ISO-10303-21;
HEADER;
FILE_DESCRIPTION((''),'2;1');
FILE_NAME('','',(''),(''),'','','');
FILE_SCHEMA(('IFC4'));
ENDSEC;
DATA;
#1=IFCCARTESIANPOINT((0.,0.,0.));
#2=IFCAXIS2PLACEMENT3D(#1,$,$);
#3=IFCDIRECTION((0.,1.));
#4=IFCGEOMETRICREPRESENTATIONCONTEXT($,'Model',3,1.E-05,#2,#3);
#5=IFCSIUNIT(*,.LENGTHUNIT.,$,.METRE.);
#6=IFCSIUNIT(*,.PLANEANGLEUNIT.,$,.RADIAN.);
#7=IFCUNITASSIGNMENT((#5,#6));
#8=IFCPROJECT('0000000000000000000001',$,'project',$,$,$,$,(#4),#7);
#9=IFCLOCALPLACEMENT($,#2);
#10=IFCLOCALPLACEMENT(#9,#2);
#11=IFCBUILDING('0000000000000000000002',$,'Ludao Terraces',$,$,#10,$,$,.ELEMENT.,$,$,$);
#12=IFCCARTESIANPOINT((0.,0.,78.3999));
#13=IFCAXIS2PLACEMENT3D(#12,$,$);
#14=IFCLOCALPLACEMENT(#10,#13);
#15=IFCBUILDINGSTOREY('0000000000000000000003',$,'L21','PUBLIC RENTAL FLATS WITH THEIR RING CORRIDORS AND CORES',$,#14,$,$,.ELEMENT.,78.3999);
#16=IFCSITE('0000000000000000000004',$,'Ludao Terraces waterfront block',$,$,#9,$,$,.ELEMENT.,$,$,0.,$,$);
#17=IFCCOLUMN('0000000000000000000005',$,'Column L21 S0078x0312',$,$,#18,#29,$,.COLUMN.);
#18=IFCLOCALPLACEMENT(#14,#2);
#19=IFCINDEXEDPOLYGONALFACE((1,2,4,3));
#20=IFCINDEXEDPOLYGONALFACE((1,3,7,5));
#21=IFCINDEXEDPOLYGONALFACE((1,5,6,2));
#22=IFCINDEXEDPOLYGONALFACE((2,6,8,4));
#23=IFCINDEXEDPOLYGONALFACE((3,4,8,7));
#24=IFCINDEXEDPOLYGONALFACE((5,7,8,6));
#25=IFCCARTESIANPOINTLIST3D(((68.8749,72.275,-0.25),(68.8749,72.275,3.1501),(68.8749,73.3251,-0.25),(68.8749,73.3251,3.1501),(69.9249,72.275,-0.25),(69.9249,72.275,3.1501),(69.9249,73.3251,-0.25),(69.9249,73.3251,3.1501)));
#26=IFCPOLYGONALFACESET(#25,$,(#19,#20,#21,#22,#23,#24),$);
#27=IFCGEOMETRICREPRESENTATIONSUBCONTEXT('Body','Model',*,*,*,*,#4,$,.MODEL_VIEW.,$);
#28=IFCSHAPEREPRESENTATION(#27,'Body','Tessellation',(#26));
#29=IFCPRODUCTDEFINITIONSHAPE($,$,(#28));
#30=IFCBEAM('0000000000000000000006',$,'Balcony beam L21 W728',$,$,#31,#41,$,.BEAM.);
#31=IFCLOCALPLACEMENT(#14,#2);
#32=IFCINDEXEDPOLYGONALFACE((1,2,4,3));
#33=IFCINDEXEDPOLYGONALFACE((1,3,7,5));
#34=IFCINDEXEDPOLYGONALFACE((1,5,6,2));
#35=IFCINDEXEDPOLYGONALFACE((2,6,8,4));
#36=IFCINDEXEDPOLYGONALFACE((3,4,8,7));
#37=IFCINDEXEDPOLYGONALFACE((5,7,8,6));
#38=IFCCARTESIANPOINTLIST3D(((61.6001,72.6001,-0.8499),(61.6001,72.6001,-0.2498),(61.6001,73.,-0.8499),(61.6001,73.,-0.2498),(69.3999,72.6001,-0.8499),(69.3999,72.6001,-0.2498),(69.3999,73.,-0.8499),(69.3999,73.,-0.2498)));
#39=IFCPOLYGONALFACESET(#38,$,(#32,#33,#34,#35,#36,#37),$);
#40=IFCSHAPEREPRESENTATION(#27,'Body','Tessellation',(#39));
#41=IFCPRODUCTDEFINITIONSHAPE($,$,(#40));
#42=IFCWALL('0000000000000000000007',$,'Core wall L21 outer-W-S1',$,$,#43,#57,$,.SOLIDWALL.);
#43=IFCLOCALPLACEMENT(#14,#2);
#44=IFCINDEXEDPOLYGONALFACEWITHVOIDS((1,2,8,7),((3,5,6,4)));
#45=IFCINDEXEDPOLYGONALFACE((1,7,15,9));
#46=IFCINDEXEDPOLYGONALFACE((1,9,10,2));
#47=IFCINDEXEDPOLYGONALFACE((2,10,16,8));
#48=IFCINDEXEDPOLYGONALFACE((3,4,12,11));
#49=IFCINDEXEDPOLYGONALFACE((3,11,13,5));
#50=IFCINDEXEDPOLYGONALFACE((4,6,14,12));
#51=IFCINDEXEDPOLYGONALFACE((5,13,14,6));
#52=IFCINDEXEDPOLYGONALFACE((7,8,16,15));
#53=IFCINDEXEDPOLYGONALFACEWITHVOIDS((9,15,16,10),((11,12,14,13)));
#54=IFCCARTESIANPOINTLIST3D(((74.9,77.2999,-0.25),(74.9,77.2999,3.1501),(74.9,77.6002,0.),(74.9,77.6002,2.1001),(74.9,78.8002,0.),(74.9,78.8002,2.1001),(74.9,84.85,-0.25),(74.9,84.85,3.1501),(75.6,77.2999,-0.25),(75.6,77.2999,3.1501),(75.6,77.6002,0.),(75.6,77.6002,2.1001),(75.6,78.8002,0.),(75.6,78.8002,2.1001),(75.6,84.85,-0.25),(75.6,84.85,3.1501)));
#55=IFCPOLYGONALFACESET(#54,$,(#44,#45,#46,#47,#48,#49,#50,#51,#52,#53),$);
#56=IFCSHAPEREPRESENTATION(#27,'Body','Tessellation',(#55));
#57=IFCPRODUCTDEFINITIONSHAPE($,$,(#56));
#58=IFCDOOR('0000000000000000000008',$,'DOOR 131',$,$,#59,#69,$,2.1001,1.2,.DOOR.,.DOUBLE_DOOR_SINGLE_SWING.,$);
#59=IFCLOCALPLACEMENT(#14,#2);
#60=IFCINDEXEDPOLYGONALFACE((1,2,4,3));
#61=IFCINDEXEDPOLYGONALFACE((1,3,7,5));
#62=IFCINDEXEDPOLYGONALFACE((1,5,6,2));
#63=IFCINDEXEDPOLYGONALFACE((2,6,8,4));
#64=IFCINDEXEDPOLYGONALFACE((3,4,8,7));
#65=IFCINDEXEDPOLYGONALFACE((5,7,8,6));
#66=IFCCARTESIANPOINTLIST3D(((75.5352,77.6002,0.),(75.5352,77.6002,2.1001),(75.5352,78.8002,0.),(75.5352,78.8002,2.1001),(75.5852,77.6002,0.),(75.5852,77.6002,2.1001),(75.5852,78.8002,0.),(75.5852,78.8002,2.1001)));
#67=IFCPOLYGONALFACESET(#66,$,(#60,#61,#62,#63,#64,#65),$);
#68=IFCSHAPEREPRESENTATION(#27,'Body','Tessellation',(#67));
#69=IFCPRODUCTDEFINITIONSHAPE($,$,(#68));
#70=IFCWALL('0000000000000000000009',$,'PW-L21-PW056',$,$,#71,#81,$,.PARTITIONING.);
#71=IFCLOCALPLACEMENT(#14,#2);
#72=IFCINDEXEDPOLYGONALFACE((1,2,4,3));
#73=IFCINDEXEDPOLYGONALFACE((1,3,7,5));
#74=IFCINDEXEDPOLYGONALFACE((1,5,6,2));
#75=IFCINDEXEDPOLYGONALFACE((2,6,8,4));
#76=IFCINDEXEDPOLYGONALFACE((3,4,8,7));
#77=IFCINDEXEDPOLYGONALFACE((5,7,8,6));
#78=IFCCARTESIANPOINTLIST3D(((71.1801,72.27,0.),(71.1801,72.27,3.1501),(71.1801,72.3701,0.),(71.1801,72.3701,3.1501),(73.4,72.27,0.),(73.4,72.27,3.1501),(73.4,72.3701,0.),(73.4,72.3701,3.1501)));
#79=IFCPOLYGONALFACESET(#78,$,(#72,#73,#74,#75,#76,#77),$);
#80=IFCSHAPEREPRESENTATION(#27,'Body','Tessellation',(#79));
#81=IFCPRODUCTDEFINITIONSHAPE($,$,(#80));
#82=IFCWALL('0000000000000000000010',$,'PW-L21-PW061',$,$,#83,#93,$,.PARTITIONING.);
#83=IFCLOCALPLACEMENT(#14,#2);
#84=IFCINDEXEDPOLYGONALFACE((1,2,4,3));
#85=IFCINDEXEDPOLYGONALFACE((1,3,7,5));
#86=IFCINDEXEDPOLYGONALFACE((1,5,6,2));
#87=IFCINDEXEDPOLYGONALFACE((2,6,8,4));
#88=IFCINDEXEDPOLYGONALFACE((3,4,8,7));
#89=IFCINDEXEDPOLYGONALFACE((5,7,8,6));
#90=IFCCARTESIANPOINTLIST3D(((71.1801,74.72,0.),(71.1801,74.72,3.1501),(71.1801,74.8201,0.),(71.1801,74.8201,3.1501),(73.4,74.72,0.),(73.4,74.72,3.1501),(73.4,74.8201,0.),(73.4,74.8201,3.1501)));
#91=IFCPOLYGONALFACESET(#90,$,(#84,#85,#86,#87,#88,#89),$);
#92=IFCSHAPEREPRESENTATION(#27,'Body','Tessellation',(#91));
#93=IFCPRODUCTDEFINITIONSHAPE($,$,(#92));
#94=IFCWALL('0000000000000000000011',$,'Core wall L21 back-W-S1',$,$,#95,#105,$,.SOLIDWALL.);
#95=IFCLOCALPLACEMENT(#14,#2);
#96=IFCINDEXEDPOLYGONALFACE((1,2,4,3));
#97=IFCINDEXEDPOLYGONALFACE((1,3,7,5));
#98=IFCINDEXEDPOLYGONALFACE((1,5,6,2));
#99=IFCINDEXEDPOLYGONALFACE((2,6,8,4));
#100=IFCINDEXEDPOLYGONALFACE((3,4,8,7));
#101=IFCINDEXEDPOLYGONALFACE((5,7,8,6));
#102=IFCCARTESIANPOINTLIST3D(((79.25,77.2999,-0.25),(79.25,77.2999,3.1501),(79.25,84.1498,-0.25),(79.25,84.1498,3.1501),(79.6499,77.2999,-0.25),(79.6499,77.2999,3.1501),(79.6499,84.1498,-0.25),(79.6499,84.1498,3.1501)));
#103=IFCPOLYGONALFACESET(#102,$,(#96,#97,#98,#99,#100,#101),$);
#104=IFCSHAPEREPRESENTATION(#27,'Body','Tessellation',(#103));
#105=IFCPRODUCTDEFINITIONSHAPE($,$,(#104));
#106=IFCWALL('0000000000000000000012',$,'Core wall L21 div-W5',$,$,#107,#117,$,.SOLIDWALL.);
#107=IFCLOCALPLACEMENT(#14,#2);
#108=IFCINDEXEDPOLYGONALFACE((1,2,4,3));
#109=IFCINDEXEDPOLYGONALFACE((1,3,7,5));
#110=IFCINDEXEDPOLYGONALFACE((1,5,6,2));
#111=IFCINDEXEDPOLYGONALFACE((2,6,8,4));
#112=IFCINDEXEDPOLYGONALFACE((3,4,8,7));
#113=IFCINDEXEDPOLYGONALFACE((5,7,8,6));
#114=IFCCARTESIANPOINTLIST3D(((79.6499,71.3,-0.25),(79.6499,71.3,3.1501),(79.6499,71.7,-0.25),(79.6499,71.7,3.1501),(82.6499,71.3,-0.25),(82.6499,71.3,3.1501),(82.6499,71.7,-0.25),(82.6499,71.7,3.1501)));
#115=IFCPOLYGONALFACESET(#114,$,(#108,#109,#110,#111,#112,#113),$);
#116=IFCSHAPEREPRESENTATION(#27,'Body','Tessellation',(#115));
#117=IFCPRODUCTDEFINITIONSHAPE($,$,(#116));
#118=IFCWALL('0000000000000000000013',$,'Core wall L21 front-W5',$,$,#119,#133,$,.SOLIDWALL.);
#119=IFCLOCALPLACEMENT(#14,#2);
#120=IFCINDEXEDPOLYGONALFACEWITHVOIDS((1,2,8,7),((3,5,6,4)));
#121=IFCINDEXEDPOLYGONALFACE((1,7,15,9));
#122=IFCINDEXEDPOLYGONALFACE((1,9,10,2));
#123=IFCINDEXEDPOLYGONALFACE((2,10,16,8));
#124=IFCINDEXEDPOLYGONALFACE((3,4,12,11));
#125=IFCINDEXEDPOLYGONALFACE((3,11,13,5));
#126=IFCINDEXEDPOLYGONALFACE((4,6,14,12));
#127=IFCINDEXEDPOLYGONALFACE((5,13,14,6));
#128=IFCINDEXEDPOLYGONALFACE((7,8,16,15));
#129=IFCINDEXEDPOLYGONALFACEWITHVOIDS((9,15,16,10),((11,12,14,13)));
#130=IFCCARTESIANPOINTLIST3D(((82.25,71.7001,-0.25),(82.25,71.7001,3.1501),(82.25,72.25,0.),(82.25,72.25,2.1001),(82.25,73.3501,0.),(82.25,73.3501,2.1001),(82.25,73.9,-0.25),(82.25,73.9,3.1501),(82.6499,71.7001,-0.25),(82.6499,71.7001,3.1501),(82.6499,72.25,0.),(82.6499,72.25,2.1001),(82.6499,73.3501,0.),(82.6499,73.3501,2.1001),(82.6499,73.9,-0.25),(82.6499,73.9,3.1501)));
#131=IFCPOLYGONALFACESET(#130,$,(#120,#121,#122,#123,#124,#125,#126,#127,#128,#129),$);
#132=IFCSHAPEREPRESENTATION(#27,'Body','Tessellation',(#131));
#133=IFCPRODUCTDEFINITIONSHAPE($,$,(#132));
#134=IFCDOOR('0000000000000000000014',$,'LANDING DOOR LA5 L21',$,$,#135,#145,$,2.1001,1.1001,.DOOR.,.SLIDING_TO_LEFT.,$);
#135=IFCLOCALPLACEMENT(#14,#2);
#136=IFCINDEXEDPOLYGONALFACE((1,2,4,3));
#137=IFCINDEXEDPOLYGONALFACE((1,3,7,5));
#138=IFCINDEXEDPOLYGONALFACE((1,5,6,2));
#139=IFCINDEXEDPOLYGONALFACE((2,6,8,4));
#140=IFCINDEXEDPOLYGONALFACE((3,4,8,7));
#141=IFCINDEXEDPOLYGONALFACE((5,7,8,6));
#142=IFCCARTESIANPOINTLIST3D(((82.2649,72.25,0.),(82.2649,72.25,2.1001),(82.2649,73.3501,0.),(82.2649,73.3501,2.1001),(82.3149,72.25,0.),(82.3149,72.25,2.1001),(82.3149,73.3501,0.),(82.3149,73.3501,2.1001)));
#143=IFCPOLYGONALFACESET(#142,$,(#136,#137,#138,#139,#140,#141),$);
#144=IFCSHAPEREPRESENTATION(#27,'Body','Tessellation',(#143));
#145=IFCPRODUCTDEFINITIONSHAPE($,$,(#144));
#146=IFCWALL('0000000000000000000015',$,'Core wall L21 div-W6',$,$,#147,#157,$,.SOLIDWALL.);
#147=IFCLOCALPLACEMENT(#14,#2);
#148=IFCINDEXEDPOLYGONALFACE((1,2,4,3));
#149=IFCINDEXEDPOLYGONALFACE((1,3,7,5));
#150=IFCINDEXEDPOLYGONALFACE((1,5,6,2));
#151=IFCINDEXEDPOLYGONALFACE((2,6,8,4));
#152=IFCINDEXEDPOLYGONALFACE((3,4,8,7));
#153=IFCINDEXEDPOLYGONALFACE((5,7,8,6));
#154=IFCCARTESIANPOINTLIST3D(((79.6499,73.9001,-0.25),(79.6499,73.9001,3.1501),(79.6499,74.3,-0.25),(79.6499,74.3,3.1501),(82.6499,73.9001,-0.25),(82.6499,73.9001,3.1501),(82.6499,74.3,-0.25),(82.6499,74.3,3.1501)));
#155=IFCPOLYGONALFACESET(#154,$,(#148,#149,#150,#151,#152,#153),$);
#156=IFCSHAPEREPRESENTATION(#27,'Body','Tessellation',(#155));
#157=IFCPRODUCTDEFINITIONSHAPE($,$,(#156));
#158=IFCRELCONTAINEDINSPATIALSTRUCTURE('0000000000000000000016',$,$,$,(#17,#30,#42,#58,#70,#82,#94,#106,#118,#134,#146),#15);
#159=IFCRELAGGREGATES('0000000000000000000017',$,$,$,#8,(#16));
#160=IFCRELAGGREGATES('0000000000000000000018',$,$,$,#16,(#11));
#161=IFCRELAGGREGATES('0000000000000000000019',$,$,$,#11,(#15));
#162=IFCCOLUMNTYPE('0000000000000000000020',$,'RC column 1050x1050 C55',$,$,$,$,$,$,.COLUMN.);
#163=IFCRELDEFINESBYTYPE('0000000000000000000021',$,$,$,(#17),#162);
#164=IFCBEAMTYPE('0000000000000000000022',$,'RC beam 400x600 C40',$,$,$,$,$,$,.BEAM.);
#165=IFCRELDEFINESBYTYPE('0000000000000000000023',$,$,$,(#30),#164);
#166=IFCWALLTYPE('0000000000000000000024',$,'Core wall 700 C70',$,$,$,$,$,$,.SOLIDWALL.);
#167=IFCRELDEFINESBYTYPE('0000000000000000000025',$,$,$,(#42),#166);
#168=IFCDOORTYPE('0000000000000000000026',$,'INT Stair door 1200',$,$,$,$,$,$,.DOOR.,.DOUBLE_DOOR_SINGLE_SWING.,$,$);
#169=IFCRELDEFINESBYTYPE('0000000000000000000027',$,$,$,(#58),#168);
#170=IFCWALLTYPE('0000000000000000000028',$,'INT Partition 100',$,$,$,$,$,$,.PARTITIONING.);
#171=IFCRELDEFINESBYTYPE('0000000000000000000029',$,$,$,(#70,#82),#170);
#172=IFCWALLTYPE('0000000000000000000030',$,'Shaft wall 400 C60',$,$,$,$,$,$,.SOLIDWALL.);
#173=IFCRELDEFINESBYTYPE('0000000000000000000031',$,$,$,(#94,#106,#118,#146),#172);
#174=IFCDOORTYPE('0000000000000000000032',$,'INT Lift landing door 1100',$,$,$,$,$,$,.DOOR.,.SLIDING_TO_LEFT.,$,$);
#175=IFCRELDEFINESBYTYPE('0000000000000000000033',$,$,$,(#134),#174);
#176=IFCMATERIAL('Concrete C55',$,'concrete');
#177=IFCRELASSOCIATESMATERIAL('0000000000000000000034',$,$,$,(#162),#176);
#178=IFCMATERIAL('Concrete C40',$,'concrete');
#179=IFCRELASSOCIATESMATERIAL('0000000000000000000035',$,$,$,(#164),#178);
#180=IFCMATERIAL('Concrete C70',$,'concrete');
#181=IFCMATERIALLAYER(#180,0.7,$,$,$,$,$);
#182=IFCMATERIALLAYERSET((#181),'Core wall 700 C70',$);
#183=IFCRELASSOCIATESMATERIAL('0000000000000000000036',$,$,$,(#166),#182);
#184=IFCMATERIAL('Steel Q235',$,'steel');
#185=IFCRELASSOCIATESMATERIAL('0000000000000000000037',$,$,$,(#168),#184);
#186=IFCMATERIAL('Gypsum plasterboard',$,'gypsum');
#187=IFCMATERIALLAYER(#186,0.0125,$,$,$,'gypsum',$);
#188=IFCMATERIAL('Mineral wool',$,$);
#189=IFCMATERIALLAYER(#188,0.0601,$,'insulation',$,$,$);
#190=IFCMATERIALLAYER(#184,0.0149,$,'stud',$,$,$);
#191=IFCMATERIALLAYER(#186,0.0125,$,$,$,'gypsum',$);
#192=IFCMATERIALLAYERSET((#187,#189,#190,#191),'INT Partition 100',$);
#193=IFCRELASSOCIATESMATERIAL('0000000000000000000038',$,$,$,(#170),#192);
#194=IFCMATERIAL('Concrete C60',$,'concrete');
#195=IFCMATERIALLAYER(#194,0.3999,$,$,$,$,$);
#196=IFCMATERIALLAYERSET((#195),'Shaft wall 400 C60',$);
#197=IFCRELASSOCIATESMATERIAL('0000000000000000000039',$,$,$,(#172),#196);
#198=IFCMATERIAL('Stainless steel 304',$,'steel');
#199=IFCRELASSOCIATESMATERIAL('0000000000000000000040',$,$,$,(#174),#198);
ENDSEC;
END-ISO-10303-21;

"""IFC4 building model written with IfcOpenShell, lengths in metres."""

from ifc_helpers import new_model, si_unit, direction, frame, frame_2d, origin, origin_2d, place, context, subcontext, project, spatial, rectangle, extrude, material, layer, layer_set, material_profile, profile_set, type_object, element, fill, save


model = new_model("IFC4")

# Units and contexts
model_context = context("Model", 3, precision=1e-05, world=origin(), true_north=direction((0.0, 1.0)))
body_context = subcontext(model_context, "Body", "Model", "MODEL_VIEW")
ifc_project = project(units=[si_unit("LENGTHUNIT", "METRE"), si_unit("PLANEANGLEUNIT", "RADIAN")], contexts=[model_context])

# Site, building, storey
site_placement = place(None, origin())
site = spatial("IfcSite", under=ifc_project, at=site_placement, Name="Ludao Terraces waterfront block", CompositionType="ELEMENT", RefElevation=0.0)
building_placement = place(site_placement, origin())
building = spatial("IfcBuilding", under=site, at=building_placement, Name="Ludao Terraces", CompositionType="ELEMENT")
storey_placement = place(building_placement, frame((0.0, 0.0, 78.3999)))
storey = spatial("IfcBuildingStorey", under=building, at=storey_placement, Name="L21", Description="PUBLIC RENTAL FLATS WITH THEIR RING CORRIDORS AND CORES", CompositionType="ELEMENT", Elevation=78.3999)

# Column
ifc_material_1 = material(Name="Concrete C55", Category="concrete")
ifc_material_profile_1 = material_profile(ifc_material_1, rectangle(XDim=1.05, YDim=1.05, at=origin_2d()), Name="1050 X 1050")
ifc_profile_set_1 = profile_set([ifc_material_profile_1], Name="Concrete C55")
column_type = type_object("IfcColumnType", Name="RC column 1050x1050 C55", PredefinedType="COLUMN", material=ifc_profile_set_1)
column_placement = place(storey_placement, frame((69.3999, 72.8, -0.25), z_axis=(0.0, 0.0, 1.0), x_axis=(1.0, 0.0, 0.0)))
element("IfcColumn", 1, at=column_placement, inside=storey, type_object=column_type, Name="Column L21 S0078x0312", PredefinedType="COLUMN", context=body_context, shape_type="SweptSolid", body=[
    extrude(rectangle(XDim=1.05, YDim=1.05, at=origin_2d()), origin(), (0.0, 0.0, 1.0), 3.4001),
])

# Beam
ifc_material_2 = material(Name="Concrete C40", Category="concrete")
ifc_material_profile_2 = material_profile(ifc_material_2, rectangle(XDim=0.3999, YDim=0.6001, at=origin_2d()), Name="400 X 600")
ifc_profile_set_2 = profile_set([ifc_material_profile_2], Name="Concrete C40")
beam_type = type_object("IfcBeamType", Name="RC beam 400x600 C40", PredefinedType="BEAM", material=ifc_profile_set_2)
beam_placement = place(storey_placement, frame((69.3999, 72.8, -0.5498), z_axis=(-1.0, 0.0, 0.0), x_axis=(0.0, -1.0, 0.0)))
element("IfcBeam", 2, at=beam_placement, inside=storey, type_object=beam_type, Name="Balcony beam L21 W728", PredefinedType="BEAM", context=body_context, shape_type="SweptSolid", body=[
    extrude(rectangle(XDim=0.3999, YDim=0.6001, at=origin_2d()), origin(), (0.0, 0.0, 1.0), 7.7998),
])

# Wall, opening, door
ifc_material_3 = material(Name="Concrete C70", Category="concrete")
ifc_layer_1 = layer(ifc_material_3, 0.7)
ifc_layer_set_1 = layer_set([ifc_layer_1], Name="Core wall 700 C70")
wall_type_1 = type_object("IfcWallType", Name="Core wall 700 C70", PredefinedType="SOLIDWALL", material=ifc_layer_set_1)
wall_1_placement = place(storey_placement, frame((75.25, 77.3, -0.25), z_axis=(0.0, 0.0, 1.0), x_axis=(0.0, 1.0, 0.0)))
wall_1 = element("IfcWall", 3, at=wall_1_placement, inside=storey, type_object=wall_type_1, Name="Core wall L21 outer-W-S1", PredefinedType="SOLIDWALL", context=body_context, shape_type="SweptSolid", body=[
    extrude(rectangle(XDim=7.55, YDim=0.7, at=frame_2d((3.7749, 0.0))), origin(), (0.0, 0.0, 1.0), 3.4001),
])
opening_1_placement = place(wall_1_placement, frame((0.3, 0.0, 0.25)))
opening_1 = element("IfcOpeningElement", 4, at=opening_1_placement, cuts=wall_1, PredefinedType="OPENING", context=body_context, shape_type="SweptSolid", body=[
    extrude(rectangle(XDim=1.2, YDim=2.1001, at=frame_2d((0.6001, 1.05))), frame((0.0, 0.3599, 0.0), z_axis=(0.0, -1.0, 0.0), x_axis=(1.0, 0.0, 0.0)), (0.0, 0.0, 1.0), 0.72),
])
ifc_material_4 = material(Name="Steel Q235", Category="steel")
door_type_1 = type_object("IfcDoorType", Name="INT Stair door 1200", OperationType="DOUBLE_DOOR_SINGLE_SWING", PredefinedType="DOOR", material=ifc_material_4)
door_1_placement = place(opening_1_placement, origin())
door_1 = element("IfcDoor", 5, at=door_1_placement, inside=storey, type_object=door_type_1, Name="DOOR 131", OperationType="DOUBLE_DOOR_SINGLE_SWING", OverallHeight=2.1001, OverallWidth=1.2, PredefinedType="DOOR", context=body_context, shape_type="SweptSolid", body=[
    extrude(rectangle(XDim=1.2, YDim=2.1001, at=frame_2d((0.6001, 1.05))), frame((0.0, -0.2852, 0.0), z_axis=(0.0, -1.0, 0.0), x_axis=(1.0, 0.0, 0.0)), (0.0, 0.0, 1.0), 0.05),
])
fill(opening_1, door_1)

# Walls
ifc_material_5 = material(Name="Gypsum plasterboard", Category="gypsum")
ifc_layer_2 = layer(ifc_material_5, 0.0125, Category="gypsum")
ifc_material_6 = material(Name="Mineral wool")
ifc_layer_3 = layer(ifc_material_6, 0.0601, Name="insulation")
ifc_layer_4 = layer(ifc_material_4, 0.0149, Name="stud")
ifc_layer_5 = layer(ifc_material_5, 0.0125, Category="gypsum")
ifc_layer_set_2 = layer_set([ifc_layer_2, ifc_layer_3, ifc_layer_4, ifc_layer_5], Name="INT Partition 100")
wall_type_2 = type_object("IfcWallType", Name="INT Partition 100", PredefinedType="PARTITIONING", material=ifc_layer_set_2)
for number, where, z_axis, x_axis, name in (
    (6, (71.1802, 72.3201, 0.0), (0.0, 0.0, 1.0), (1.0, 0.0, 0.0), "PW-L21-PW056"),
    (7, (71.1802, 74.77, 0.0), (0.0, 0.0, 1.0), (1.0, 0.0, 0.0), "PW-L21-PW061"),
):
    element("IfcWall", number, at=place(storey_placement, frame(where, z_axis=z_axis, x_axis=x_axis)), inside=storey, type_object=wall_type_2, Name=name, PredefinedType="PARTITIONING", context=body_context, shape_type="SweptSolid", body=[
        extrude(rectangle(XDim=2.22, YDim=0.1001, at=frame_2d((1.1099, 0.0))), origin(), (0.0, 0.0, 1.0), 3.1501),
    ])
ifc_material_7 = material(Name="Concrete C60", Category="concrete")
ifc_layer_6 = layer(ifc_material_7, 0.3999)
ifc_layer_set_3 = layer_set([ifc_layer_6], Name="Shaft wall 400 C60")
wall_type_3 = type_object("IfcWallType", Name="Shaft wall 400 C60", PredefinedType="SOLIDWALL", material=ifc_layer_set_3)
wall_2_placement = place(storey_placement, frame((79.45, 77.3, -0.25), z_axis=(0.0, 0.0, 1.0), x_axis=(0.0, 1.0, 0.0)))
element("IfcWall", 8, at=wall_2_placement, inside=storey, type_object=wall_type_3, Name="Core wall L21 back-W-S1", PredefinedType="SOLIDWALL", context=body_context, shape_type="SweptSolid", body=[
    extrude(rectangle(XDim=6.8499, YDim=0.3999, at=frame_2d((3.4248, 0.0))), origin(), (0.0, 0.0, 1.0), 3.4001),
])
wall_3_placement = place(storey_placement, frame((79.6499, 71.5, -0.25), z_axis=(0.0, 0.0, 1.0), x_axis=(1.0, 0.0, 0.0)))
element("IfcWall", 9, at=wall_3_placement, inside=storey, type_object=wall_type_3, Name="Core wall L21 div-W5", PredefinedType="SOLIDWALL", context=body_context, shape_type="SweptSolid", body=[
    extrude(rectangle(XDim=3.0, YDim=0.3999, at=frame_2d((1.5, 0.0))), origin(), (0.0, 0.0, 1.0), 3.4001),
])

# Wall, opening, door
wall_4_placement = place(storey_placement, frame((82.45, 71.7, -0.25), z_axis=(0.0, 0.0, 1.0), x_axis=(0.0, 1.0, 0.0)))
wall_4 = element("IfcWall", 10, at=wall_4_placement, inside=storey, type_object=wall_type_3, Name="Core wall L21 front-W5", PredefinedType="SOLIDWALL", context=body_context, shape_type="SweptSolid", body=[
    extrude(rectangle(XDim=2.2, YDim=0.3999, at=frame_2d((1.1001, 0.0))), origin(), (0.0, 0.0, 1.0), 3.4001),
])
opening_2_placement = place(wall_4_placement, frame((0.55, 0.0, 0.25)))
opening_2 = element("IfcOpeningElement", 11, at=opening_2_placement, cuts=wall_4, PredefinedType="OPENING", context=body_context, shape_type="SweptSolid", body=[
    extrude(rectangle(XDim=1.1001, YDim=2.1001, at=frame_2d((0.55, 1.05))), frame((0.0, 0.21, 0.0), z_axis=(0.0, -1.0, 0.0), x_axis=(1.0, 0.0, 0.0)), (0.0, 0.0, 1.0), 0.4199),
])
ifc_material_8 = material(Name="Stainless steel 304", Category="steel")
door_type_2 = type_object("IfcDoorType", Name="INT Lift landing door 1100", OperationType="SLIDING_TO_LEFT", PredefinedType="DOOR", material=ifc_material_8)
door_2_placement = place(opening_2_placement, origin())
door_2 = element("IfcDoor", 12, at=door_2_placement, inside=storey, type_object=door_type_2, Name="LANDING DOOR LA5 L21", OperationType="SLIDING_TO_LEFT", OverallHeight=2.1001, OverallWidth=1.1001, PredefinedType="DOOR", context=body_context, shape_type="SweptSolid", body=[
    extrude(rectangle(XDim=1.1001, YDim=2.1001, at=frame_2d((0.55, 1.05))), frame((0.0, 0.1851, 0.0), z_axis=(0.0, -1.0, 0.0), x_axis=(1.0, 0.0, 0.0)), (0.0, 0.0, 1.0), 0.05),
])
fill(opening_2, door_2)

# Wall
wall_5_placement = place(storey_placement, frame((79.6499, 74.1001, -0.25), z_axis=(0.0, 0.0, 1.0), x_axis=(1.0, 0.0, 0.0)))
element("IfcWall", 13, at=wall_5_placement, inside=storey, type_object=wall_type_3, Name="Core wall L21 div-W6", PredefinedType="SOLIDWALL", context=body_context, shape_type="SweptSolid", body=[
    extrude(rectangle(XDim=3.0, YDim=0.3999, at=frame_2d((1.5, 0.0))), origin(), (0.0, 0.0, 1.0), 3.4001),
])

save(model, "model.ifc")
